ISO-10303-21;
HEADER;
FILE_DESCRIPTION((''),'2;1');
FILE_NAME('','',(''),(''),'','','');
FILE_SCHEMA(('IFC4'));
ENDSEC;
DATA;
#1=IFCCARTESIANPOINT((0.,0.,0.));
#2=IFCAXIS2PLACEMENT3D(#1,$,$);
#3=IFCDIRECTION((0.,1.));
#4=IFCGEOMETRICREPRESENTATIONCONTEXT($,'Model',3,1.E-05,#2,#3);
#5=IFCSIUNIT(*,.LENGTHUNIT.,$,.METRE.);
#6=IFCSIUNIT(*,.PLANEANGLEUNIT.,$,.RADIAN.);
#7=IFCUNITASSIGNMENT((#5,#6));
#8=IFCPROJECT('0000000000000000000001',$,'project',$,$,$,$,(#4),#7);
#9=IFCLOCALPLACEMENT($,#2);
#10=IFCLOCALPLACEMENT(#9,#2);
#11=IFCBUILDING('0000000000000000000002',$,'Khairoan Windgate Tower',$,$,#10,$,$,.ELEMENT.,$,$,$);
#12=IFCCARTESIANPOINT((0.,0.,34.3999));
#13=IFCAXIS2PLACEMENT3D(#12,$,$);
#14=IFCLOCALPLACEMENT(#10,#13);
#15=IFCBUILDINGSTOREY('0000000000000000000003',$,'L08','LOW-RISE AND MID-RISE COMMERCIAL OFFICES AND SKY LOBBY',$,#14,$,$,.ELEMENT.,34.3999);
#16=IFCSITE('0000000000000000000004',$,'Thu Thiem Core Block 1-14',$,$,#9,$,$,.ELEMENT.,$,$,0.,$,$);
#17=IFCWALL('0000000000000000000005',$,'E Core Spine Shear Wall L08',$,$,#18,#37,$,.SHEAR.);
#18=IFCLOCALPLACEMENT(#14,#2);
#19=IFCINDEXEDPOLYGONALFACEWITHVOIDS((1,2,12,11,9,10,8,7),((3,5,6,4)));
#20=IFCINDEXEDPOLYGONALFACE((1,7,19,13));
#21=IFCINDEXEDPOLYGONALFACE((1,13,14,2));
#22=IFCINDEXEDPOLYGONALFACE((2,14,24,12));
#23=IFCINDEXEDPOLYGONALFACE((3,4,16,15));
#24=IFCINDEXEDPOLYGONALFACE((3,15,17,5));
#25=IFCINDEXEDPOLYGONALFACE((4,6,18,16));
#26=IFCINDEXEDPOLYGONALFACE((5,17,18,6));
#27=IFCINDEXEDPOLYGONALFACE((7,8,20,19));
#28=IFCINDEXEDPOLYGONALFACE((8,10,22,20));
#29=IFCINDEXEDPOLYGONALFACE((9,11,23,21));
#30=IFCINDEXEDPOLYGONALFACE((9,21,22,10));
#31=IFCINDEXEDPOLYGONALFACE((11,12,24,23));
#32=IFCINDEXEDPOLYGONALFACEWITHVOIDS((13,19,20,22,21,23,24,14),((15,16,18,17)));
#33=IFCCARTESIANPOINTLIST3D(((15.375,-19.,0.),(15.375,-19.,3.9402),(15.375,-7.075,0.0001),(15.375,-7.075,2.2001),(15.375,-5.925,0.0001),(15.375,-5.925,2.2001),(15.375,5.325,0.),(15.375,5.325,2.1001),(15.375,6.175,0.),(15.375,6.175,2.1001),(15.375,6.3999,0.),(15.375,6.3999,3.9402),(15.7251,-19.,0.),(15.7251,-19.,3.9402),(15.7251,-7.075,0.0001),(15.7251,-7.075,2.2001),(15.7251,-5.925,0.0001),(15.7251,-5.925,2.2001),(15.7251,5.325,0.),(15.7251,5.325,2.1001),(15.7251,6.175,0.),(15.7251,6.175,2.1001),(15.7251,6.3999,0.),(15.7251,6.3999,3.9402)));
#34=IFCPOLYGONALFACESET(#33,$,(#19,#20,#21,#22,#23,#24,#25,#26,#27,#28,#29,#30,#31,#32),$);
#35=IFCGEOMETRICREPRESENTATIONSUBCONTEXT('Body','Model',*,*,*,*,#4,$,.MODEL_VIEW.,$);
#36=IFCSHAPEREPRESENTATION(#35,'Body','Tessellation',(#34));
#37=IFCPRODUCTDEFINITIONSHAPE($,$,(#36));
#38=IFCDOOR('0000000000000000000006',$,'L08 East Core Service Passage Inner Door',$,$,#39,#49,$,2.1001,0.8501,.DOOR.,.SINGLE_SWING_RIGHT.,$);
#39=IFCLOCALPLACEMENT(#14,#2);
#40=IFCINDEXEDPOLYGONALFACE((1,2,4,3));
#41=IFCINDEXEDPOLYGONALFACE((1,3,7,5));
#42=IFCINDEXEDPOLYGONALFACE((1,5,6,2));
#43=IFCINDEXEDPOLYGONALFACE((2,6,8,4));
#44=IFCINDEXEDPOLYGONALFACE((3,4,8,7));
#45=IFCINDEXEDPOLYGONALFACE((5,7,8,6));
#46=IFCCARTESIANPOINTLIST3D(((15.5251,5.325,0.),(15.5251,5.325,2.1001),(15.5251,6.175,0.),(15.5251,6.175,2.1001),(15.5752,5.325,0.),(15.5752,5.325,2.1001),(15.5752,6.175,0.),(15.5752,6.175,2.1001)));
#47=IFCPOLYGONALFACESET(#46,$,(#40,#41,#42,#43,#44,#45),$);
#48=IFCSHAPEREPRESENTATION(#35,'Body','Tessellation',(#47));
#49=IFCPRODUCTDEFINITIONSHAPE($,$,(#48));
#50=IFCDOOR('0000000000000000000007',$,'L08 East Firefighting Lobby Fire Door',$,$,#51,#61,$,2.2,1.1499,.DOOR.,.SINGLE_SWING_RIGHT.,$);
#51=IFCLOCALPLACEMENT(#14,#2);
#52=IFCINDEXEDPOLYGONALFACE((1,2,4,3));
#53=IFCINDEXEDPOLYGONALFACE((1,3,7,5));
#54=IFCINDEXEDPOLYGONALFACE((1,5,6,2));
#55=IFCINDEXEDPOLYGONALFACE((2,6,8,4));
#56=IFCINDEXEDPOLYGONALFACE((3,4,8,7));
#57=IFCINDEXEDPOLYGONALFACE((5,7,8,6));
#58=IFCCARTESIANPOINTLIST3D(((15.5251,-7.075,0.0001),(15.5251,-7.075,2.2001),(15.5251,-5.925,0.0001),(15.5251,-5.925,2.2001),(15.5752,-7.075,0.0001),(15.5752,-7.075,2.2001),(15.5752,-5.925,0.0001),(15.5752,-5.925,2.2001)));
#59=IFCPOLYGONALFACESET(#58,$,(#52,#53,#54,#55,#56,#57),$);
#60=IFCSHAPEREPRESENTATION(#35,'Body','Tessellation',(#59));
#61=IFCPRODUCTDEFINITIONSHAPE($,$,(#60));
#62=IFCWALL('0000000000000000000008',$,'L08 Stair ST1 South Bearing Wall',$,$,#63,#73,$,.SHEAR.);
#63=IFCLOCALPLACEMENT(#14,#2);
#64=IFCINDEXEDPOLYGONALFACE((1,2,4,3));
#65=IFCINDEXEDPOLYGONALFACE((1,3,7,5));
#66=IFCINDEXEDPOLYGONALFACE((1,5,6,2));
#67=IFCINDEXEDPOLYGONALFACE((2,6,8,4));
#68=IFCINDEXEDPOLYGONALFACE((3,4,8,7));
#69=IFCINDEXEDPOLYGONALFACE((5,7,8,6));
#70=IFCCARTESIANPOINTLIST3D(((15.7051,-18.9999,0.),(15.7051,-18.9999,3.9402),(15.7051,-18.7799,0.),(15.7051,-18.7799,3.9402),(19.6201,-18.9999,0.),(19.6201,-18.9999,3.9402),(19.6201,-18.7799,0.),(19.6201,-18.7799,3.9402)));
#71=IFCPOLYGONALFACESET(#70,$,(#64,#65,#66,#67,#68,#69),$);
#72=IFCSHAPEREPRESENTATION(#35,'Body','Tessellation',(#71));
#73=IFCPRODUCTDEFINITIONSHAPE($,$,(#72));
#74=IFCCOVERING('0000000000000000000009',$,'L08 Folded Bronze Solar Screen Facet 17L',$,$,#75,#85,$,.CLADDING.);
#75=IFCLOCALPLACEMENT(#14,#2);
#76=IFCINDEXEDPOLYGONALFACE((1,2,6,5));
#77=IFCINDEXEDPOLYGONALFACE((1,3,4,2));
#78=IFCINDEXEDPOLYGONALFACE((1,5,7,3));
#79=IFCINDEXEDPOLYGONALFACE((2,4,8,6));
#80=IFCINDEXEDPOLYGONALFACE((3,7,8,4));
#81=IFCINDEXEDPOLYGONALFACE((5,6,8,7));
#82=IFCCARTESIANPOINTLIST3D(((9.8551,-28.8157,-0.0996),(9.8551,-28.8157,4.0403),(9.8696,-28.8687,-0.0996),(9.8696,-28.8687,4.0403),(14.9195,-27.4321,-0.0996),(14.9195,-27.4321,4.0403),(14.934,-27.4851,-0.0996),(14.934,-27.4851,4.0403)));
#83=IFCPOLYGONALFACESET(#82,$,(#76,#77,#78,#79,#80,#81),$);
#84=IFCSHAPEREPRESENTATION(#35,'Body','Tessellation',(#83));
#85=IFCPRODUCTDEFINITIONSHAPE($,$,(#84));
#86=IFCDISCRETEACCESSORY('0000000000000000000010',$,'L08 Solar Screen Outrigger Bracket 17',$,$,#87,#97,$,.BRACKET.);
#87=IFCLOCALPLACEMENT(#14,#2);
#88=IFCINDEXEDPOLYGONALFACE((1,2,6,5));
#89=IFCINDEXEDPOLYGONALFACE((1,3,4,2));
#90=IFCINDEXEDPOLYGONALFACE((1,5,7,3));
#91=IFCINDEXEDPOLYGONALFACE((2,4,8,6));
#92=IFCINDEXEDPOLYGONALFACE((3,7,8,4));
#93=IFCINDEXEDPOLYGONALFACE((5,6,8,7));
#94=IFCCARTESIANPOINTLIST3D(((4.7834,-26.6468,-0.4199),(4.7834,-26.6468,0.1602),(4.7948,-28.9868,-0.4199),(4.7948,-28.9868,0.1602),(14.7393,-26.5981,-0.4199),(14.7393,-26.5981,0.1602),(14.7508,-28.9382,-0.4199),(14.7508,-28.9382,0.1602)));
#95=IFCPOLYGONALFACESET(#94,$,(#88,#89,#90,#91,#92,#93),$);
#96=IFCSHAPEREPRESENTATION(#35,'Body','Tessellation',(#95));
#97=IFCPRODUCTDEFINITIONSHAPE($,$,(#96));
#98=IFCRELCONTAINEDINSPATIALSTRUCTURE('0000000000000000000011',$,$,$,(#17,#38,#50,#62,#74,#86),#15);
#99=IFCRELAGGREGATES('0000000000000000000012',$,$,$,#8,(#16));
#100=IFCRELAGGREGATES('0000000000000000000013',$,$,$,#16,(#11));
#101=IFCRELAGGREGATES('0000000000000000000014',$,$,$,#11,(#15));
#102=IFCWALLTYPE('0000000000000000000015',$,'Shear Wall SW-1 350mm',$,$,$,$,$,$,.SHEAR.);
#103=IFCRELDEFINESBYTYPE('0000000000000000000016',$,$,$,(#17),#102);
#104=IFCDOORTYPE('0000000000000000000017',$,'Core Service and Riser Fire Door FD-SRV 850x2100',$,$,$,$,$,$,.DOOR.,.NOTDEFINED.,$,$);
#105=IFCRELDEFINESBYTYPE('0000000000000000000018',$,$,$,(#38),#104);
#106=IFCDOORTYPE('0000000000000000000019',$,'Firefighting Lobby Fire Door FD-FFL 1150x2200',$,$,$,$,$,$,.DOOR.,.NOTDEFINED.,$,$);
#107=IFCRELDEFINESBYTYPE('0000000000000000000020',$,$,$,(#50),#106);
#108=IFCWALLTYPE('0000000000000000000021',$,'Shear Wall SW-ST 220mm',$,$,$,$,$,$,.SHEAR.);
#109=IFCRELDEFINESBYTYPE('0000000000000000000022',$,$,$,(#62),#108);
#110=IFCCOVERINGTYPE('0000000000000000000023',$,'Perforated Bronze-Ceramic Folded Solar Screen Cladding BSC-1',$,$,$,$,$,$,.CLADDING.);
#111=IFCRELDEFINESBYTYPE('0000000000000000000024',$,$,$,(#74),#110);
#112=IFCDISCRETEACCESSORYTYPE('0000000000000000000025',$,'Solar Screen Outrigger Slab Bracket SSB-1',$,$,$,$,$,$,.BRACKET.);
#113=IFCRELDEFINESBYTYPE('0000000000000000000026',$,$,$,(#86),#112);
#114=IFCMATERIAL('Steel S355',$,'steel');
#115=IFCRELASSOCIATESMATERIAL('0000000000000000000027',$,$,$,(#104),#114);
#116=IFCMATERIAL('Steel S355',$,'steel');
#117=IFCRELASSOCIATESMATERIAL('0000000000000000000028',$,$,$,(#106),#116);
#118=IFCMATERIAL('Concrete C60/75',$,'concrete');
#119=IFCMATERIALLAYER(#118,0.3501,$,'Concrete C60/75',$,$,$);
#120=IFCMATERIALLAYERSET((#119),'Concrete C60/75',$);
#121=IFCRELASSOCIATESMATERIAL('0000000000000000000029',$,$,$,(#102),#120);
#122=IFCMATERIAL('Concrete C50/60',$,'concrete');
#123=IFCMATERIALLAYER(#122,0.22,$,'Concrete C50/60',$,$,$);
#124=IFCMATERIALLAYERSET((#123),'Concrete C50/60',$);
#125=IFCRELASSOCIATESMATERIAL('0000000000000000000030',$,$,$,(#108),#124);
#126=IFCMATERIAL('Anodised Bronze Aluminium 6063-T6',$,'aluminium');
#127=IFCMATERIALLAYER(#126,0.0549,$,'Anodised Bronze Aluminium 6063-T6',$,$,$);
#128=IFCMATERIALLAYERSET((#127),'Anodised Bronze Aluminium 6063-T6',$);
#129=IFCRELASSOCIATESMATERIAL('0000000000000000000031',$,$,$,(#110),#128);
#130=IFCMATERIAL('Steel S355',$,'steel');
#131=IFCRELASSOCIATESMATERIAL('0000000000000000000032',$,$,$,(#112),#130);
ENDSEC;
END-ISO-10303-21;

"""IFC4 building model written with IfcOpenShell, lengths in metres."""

from ifc_helpers import new_model, si_unit, direction, frame, frame_2d, origin, origin_2d, place, context, subcontext, project, spatial, rectangle, extrude, material, layer, layer_set, type_object, element, fill, save


model = new_model("IFC4")

# Units and contexts
model_context = context("Model", 3, precision=1e-05, world=origin(), true_north=direction((0.0, 1.0)))
body_context = subcontext(model_context, "Body", "Model", "MODEL_VIEW")
ifc_project = project(units=[si_unit("LENGTHUNIT", "METRE"), si_unit("PLANEANGLEUNIT", "RADIAN")], contexts=[model_context])

# Site, building, storey
site_placement = place(None, origin())
site = spatial("IfcSite", under=ifc_project, at=site_placement, Name="Thu Thiem Core Block 1-14", CompositionType="ELEMENT", RefElevation=0.0)
building_placement = place(site_placement, origin())
building = spatial("IfcBuilding", under=site, at=building_placement, Name="Khairoan Windgate Tower", CompositionType="ELEMENT")
storey_placement = place(building_placement, frame((0.0, 0.0, 34.3999)))
storey = spatial("IfcBuildingStorey", under=building, at=storey_placement, Name="L08", Description="LOW-RISE AND MID-RISE COMMERCIAL OFFICES AND SKY LOBBY", CompositionType="ELEMENT", Elevation=34.3999)

# Shared definitions
ifc_material_1 = material(Name="Steel S355", Category="steel")
door_type_1 = type_object("IfcDoorType", Name="Core Service and Riser Fire Door FD-SRV 850x2100", OperationType="NOTDEFINED", PredefinedType="DOOR", material=ifc_material_1)

# Shared definitions
ifc_material_2 = material(Name="Steel S355", Category="steel")
door_type_2 = type_object("IfcDoorType", Name="Firefighting Lobby Fire Door FD-FFL 1150x2200", OperationType="NOTDEFINED", PredefinedType="DOOR", material=ifc_material_2)

# Wall, openings, doors
ifc_material_3 = material(Name="Concrete C60/75", Category="concrete")
ifc_layer_1 = layer(ifc_material_3, 0.3501, Name="Concrete C60/75")
ifc_layer_set_1 = layer_set([ifc_layer_1], Name="Concrete C60/75")
wall_type_1 = type_object("IfcWallType", Name="Shear Wall SW-1 350mm", PredefinedType="SHEAR", material=ifc_layer_set_1)
wall_1_placement = place(storey_placement, frame((15.55, -19.0, 0.0), z_axis=(0.0, 0.0, 1.0), x_axis=(0.0, 1.0, 0.0)))
wall_1 = element("IfcWall", 1, at=wall_1_placement, inside=storey, type_object=wall_type_1, Name="E Core Spine Shear Wall L08", PredefinedType="SHEAR", context=body_context, shape_type="SweptSolid", body=[
    extrude(rectangle(XDim=25.3999, YDim=0.3501, at=frame_2d((12.7, 0.0))), origin(), (0.0, 0.0, 1.0), 3.9402),
])
opening_1_placement = place(wall_1_placement, frame((11.925, 0.0, 0.0)))
opening_1 = element("IfcOpeningElement", 2, at=opening_1_placement, cuts=wall_1, PredefinedType="OPENING", context=body_context, shape_type="SweptSolid", body=[
    extrude(rectangle(XDim=1.1499, YDim=2.2, at=frame_2d((0.575, 1.1001))), frame((0.0, 0.1851, 0.0), z_axis=(0.0, -1.0, 0.0), x_axis=(1.0, 0.0, 0.0)), (0.0, 0.0, 1.0), 0.3701),
])
opening_2_placement = place(wall_1_placement, frame((24.325, 0.0, 0.0)))
opening_2 = element("IfcOpeningElement", 3, at=opening_2_placement, cuts=wall_1, PredefinedType="OPENING", context=body_context, shape_type="SweptSolid", body=[
    extrude(rectangle(XDim=0.8501, YDim=2.1001, at=frame_2d((0.425, 1.05))), frame((0.0, 0.1851, 0.0), z_axis=(0.0, -1.0, 0.0), x_axis=(1.0, 0.0, 0.0)), (0.0, 0.0, 1.0), 0.3701),
])
door_1_placement = place(opening_2_placement, origin())
door_1 = element("IfcDoor", 4, at=door_1_placement, inside=storey, type_object=door_type_1, Name="L08 East Core Service Passage Inner Door", OperationType="SINGLE_SWING_RIGHT", OverallHeight=2.1001, OverallWidth=0.8501, PredefinedType="DOOR", context=body_context, shape_type="SweptSolid", body=[
    extrude(rectangle(XDim=0.8501, YDim=2.1001, at=frame_2d((0.425, 1.05))), frame((0.0, 0.0249, 0.0), z_axis=(0.0, -1.0, 0.0), x_axis=(1.0, 0.0, 0.0)), (0.0, 0.0, 1.0), 0.05),
])
fill(opening_2, door_1)
door_2_placement = place(opening_1_placement, origin())
door_2 = element("IfcDoor", 5, at=door_2_placement, inside=storey, type_object=door_type_2, Name="L08 East Firefighting Lobby Fire Door", OperationType="SINGLE_SWING_RIGHT", OverallHeight=2.2, OverallWidth=1.1499, PredefinedType="DOOR", context=body_context, shape_type="SweptSolid", body=[
    extrude(rectangle(XDim=1.1499, YDim=2.2, at=frame_2d((0.575, 1.1001))), frame((0.0, 0.0249, 0.0), z_axis=(0.0, -1.0, 0.0), x_axis=(1.0, 0.0, 0.0)), (0.0, 0.0, 1.0), 0.05),
])
fill(opening_1, door_2)

# Wall
ifc_material_4 = material(Name="Concrete C50/60", Category="concrete")
ifc_layer_2 = layer(ifc_material_4, 0.22, Name="Concrete C50/60")
ifc_layer_set_2 = layer_set([ifc_layer_2], Name="Concrete C50/60")
wall_type_2 = type_object("IfcWallType", Name="Shear Wall SW-ST 220mm", PredefinedType="SHEAR", material=ifc_layer_set_2)
wall_2_placement = place(storey_placement, frame((15.7051, -18.8899, 0.0), z_axis=(0.0, 0.0, 1.0), x_axis=(1.0, 0.0, 0.0)))
element("IfcWall", 6, at=wall_2_placement, inside=storey, type_object=wall_type_2, Name="L08 Stair ST1 South Bearing Wall", PredefinedType="SHEAR", context=body_context, shape_type="SweptSolid", body=[
    extrude(rectangle(XDim=3.915, YDim=0.22, at=frame_2d((1.9575, 0.0))), origin(), (0.0, 0.0, 1.0), 3.9402),
])

# Covering
ifc_material_5 = material(Name="Anodised Bronze Aluminium 6063-T6", Category="aluminium")
ifc_layer_3 = layer(ifc_material_5, 0.0549, Name="Anodised Bronze Aluminium 6063-T6")
ifc_layer_set_3 = layer_set([ifc_layer_3], Name="Anodised Bronze Aluminium 6063-T6")
covering_type = type_object("IfcCoveringType", Name="Perforated Bronze-Ceramic Folded Solar Screen Cladding BSC-1", PredefinedType="CLADDING", material=ifc_layer_set_3)
covering_placement = place(storey_placement, frame((12.3945, -28.1504, -0.0996), z_axis=(0.0, 0.0, 1.0), x_axis=(-0.964649, -0.263536, 0.0)))
element("IfcCovering", 7, at=covering_placement, inside=storey, type_object=covering_type, Name="L08 Folded Bronze Solar Screen Facet 17L", PredefinedType="CLADDING", context=body_context, shape_type="SweptSolid", body=[
    extrude(rectangle(XDim=5.25, YDim=0.0549, at=origin_2d()), origin(), (0.0, 0.0, 1.0), 4.1399),
])

# Discrete accessory
ifc_material_6 = material(Name="Steel S355", Category="steel")
discrete_accessory_type = type_object("IfcDiscreteAccessoryType", Name="Solar Screen Outrigger Slab Bracket SSB-1", PredefinedType="BRACKET", material=ifc_material_6)
discrete_accessory_placement = place(storey_placement, frame((9.7671, -27.7925, -0.4199), z_axis=(0.0, 0.0, 1.0), x_axis=(-0.999988, -0.004887, 0.0)))
element("IfcDiscreteAccessory", 8, at=discrete_accessory_placement, inside=storey, type_object=discrete_accessory_type, Name="L08 Solar Screen Outrigger Bracket 17", PredefinedType="BRACKET", context=body_context, shape_type="SweptSolid", body=[
    extrude(rectangle(XDim=9.9561, YDim=2.3401, at=origin_2d()), origin(), (0.0, 0.0, 1.0), 0.5801),
])

save(model, "model.ifc")
